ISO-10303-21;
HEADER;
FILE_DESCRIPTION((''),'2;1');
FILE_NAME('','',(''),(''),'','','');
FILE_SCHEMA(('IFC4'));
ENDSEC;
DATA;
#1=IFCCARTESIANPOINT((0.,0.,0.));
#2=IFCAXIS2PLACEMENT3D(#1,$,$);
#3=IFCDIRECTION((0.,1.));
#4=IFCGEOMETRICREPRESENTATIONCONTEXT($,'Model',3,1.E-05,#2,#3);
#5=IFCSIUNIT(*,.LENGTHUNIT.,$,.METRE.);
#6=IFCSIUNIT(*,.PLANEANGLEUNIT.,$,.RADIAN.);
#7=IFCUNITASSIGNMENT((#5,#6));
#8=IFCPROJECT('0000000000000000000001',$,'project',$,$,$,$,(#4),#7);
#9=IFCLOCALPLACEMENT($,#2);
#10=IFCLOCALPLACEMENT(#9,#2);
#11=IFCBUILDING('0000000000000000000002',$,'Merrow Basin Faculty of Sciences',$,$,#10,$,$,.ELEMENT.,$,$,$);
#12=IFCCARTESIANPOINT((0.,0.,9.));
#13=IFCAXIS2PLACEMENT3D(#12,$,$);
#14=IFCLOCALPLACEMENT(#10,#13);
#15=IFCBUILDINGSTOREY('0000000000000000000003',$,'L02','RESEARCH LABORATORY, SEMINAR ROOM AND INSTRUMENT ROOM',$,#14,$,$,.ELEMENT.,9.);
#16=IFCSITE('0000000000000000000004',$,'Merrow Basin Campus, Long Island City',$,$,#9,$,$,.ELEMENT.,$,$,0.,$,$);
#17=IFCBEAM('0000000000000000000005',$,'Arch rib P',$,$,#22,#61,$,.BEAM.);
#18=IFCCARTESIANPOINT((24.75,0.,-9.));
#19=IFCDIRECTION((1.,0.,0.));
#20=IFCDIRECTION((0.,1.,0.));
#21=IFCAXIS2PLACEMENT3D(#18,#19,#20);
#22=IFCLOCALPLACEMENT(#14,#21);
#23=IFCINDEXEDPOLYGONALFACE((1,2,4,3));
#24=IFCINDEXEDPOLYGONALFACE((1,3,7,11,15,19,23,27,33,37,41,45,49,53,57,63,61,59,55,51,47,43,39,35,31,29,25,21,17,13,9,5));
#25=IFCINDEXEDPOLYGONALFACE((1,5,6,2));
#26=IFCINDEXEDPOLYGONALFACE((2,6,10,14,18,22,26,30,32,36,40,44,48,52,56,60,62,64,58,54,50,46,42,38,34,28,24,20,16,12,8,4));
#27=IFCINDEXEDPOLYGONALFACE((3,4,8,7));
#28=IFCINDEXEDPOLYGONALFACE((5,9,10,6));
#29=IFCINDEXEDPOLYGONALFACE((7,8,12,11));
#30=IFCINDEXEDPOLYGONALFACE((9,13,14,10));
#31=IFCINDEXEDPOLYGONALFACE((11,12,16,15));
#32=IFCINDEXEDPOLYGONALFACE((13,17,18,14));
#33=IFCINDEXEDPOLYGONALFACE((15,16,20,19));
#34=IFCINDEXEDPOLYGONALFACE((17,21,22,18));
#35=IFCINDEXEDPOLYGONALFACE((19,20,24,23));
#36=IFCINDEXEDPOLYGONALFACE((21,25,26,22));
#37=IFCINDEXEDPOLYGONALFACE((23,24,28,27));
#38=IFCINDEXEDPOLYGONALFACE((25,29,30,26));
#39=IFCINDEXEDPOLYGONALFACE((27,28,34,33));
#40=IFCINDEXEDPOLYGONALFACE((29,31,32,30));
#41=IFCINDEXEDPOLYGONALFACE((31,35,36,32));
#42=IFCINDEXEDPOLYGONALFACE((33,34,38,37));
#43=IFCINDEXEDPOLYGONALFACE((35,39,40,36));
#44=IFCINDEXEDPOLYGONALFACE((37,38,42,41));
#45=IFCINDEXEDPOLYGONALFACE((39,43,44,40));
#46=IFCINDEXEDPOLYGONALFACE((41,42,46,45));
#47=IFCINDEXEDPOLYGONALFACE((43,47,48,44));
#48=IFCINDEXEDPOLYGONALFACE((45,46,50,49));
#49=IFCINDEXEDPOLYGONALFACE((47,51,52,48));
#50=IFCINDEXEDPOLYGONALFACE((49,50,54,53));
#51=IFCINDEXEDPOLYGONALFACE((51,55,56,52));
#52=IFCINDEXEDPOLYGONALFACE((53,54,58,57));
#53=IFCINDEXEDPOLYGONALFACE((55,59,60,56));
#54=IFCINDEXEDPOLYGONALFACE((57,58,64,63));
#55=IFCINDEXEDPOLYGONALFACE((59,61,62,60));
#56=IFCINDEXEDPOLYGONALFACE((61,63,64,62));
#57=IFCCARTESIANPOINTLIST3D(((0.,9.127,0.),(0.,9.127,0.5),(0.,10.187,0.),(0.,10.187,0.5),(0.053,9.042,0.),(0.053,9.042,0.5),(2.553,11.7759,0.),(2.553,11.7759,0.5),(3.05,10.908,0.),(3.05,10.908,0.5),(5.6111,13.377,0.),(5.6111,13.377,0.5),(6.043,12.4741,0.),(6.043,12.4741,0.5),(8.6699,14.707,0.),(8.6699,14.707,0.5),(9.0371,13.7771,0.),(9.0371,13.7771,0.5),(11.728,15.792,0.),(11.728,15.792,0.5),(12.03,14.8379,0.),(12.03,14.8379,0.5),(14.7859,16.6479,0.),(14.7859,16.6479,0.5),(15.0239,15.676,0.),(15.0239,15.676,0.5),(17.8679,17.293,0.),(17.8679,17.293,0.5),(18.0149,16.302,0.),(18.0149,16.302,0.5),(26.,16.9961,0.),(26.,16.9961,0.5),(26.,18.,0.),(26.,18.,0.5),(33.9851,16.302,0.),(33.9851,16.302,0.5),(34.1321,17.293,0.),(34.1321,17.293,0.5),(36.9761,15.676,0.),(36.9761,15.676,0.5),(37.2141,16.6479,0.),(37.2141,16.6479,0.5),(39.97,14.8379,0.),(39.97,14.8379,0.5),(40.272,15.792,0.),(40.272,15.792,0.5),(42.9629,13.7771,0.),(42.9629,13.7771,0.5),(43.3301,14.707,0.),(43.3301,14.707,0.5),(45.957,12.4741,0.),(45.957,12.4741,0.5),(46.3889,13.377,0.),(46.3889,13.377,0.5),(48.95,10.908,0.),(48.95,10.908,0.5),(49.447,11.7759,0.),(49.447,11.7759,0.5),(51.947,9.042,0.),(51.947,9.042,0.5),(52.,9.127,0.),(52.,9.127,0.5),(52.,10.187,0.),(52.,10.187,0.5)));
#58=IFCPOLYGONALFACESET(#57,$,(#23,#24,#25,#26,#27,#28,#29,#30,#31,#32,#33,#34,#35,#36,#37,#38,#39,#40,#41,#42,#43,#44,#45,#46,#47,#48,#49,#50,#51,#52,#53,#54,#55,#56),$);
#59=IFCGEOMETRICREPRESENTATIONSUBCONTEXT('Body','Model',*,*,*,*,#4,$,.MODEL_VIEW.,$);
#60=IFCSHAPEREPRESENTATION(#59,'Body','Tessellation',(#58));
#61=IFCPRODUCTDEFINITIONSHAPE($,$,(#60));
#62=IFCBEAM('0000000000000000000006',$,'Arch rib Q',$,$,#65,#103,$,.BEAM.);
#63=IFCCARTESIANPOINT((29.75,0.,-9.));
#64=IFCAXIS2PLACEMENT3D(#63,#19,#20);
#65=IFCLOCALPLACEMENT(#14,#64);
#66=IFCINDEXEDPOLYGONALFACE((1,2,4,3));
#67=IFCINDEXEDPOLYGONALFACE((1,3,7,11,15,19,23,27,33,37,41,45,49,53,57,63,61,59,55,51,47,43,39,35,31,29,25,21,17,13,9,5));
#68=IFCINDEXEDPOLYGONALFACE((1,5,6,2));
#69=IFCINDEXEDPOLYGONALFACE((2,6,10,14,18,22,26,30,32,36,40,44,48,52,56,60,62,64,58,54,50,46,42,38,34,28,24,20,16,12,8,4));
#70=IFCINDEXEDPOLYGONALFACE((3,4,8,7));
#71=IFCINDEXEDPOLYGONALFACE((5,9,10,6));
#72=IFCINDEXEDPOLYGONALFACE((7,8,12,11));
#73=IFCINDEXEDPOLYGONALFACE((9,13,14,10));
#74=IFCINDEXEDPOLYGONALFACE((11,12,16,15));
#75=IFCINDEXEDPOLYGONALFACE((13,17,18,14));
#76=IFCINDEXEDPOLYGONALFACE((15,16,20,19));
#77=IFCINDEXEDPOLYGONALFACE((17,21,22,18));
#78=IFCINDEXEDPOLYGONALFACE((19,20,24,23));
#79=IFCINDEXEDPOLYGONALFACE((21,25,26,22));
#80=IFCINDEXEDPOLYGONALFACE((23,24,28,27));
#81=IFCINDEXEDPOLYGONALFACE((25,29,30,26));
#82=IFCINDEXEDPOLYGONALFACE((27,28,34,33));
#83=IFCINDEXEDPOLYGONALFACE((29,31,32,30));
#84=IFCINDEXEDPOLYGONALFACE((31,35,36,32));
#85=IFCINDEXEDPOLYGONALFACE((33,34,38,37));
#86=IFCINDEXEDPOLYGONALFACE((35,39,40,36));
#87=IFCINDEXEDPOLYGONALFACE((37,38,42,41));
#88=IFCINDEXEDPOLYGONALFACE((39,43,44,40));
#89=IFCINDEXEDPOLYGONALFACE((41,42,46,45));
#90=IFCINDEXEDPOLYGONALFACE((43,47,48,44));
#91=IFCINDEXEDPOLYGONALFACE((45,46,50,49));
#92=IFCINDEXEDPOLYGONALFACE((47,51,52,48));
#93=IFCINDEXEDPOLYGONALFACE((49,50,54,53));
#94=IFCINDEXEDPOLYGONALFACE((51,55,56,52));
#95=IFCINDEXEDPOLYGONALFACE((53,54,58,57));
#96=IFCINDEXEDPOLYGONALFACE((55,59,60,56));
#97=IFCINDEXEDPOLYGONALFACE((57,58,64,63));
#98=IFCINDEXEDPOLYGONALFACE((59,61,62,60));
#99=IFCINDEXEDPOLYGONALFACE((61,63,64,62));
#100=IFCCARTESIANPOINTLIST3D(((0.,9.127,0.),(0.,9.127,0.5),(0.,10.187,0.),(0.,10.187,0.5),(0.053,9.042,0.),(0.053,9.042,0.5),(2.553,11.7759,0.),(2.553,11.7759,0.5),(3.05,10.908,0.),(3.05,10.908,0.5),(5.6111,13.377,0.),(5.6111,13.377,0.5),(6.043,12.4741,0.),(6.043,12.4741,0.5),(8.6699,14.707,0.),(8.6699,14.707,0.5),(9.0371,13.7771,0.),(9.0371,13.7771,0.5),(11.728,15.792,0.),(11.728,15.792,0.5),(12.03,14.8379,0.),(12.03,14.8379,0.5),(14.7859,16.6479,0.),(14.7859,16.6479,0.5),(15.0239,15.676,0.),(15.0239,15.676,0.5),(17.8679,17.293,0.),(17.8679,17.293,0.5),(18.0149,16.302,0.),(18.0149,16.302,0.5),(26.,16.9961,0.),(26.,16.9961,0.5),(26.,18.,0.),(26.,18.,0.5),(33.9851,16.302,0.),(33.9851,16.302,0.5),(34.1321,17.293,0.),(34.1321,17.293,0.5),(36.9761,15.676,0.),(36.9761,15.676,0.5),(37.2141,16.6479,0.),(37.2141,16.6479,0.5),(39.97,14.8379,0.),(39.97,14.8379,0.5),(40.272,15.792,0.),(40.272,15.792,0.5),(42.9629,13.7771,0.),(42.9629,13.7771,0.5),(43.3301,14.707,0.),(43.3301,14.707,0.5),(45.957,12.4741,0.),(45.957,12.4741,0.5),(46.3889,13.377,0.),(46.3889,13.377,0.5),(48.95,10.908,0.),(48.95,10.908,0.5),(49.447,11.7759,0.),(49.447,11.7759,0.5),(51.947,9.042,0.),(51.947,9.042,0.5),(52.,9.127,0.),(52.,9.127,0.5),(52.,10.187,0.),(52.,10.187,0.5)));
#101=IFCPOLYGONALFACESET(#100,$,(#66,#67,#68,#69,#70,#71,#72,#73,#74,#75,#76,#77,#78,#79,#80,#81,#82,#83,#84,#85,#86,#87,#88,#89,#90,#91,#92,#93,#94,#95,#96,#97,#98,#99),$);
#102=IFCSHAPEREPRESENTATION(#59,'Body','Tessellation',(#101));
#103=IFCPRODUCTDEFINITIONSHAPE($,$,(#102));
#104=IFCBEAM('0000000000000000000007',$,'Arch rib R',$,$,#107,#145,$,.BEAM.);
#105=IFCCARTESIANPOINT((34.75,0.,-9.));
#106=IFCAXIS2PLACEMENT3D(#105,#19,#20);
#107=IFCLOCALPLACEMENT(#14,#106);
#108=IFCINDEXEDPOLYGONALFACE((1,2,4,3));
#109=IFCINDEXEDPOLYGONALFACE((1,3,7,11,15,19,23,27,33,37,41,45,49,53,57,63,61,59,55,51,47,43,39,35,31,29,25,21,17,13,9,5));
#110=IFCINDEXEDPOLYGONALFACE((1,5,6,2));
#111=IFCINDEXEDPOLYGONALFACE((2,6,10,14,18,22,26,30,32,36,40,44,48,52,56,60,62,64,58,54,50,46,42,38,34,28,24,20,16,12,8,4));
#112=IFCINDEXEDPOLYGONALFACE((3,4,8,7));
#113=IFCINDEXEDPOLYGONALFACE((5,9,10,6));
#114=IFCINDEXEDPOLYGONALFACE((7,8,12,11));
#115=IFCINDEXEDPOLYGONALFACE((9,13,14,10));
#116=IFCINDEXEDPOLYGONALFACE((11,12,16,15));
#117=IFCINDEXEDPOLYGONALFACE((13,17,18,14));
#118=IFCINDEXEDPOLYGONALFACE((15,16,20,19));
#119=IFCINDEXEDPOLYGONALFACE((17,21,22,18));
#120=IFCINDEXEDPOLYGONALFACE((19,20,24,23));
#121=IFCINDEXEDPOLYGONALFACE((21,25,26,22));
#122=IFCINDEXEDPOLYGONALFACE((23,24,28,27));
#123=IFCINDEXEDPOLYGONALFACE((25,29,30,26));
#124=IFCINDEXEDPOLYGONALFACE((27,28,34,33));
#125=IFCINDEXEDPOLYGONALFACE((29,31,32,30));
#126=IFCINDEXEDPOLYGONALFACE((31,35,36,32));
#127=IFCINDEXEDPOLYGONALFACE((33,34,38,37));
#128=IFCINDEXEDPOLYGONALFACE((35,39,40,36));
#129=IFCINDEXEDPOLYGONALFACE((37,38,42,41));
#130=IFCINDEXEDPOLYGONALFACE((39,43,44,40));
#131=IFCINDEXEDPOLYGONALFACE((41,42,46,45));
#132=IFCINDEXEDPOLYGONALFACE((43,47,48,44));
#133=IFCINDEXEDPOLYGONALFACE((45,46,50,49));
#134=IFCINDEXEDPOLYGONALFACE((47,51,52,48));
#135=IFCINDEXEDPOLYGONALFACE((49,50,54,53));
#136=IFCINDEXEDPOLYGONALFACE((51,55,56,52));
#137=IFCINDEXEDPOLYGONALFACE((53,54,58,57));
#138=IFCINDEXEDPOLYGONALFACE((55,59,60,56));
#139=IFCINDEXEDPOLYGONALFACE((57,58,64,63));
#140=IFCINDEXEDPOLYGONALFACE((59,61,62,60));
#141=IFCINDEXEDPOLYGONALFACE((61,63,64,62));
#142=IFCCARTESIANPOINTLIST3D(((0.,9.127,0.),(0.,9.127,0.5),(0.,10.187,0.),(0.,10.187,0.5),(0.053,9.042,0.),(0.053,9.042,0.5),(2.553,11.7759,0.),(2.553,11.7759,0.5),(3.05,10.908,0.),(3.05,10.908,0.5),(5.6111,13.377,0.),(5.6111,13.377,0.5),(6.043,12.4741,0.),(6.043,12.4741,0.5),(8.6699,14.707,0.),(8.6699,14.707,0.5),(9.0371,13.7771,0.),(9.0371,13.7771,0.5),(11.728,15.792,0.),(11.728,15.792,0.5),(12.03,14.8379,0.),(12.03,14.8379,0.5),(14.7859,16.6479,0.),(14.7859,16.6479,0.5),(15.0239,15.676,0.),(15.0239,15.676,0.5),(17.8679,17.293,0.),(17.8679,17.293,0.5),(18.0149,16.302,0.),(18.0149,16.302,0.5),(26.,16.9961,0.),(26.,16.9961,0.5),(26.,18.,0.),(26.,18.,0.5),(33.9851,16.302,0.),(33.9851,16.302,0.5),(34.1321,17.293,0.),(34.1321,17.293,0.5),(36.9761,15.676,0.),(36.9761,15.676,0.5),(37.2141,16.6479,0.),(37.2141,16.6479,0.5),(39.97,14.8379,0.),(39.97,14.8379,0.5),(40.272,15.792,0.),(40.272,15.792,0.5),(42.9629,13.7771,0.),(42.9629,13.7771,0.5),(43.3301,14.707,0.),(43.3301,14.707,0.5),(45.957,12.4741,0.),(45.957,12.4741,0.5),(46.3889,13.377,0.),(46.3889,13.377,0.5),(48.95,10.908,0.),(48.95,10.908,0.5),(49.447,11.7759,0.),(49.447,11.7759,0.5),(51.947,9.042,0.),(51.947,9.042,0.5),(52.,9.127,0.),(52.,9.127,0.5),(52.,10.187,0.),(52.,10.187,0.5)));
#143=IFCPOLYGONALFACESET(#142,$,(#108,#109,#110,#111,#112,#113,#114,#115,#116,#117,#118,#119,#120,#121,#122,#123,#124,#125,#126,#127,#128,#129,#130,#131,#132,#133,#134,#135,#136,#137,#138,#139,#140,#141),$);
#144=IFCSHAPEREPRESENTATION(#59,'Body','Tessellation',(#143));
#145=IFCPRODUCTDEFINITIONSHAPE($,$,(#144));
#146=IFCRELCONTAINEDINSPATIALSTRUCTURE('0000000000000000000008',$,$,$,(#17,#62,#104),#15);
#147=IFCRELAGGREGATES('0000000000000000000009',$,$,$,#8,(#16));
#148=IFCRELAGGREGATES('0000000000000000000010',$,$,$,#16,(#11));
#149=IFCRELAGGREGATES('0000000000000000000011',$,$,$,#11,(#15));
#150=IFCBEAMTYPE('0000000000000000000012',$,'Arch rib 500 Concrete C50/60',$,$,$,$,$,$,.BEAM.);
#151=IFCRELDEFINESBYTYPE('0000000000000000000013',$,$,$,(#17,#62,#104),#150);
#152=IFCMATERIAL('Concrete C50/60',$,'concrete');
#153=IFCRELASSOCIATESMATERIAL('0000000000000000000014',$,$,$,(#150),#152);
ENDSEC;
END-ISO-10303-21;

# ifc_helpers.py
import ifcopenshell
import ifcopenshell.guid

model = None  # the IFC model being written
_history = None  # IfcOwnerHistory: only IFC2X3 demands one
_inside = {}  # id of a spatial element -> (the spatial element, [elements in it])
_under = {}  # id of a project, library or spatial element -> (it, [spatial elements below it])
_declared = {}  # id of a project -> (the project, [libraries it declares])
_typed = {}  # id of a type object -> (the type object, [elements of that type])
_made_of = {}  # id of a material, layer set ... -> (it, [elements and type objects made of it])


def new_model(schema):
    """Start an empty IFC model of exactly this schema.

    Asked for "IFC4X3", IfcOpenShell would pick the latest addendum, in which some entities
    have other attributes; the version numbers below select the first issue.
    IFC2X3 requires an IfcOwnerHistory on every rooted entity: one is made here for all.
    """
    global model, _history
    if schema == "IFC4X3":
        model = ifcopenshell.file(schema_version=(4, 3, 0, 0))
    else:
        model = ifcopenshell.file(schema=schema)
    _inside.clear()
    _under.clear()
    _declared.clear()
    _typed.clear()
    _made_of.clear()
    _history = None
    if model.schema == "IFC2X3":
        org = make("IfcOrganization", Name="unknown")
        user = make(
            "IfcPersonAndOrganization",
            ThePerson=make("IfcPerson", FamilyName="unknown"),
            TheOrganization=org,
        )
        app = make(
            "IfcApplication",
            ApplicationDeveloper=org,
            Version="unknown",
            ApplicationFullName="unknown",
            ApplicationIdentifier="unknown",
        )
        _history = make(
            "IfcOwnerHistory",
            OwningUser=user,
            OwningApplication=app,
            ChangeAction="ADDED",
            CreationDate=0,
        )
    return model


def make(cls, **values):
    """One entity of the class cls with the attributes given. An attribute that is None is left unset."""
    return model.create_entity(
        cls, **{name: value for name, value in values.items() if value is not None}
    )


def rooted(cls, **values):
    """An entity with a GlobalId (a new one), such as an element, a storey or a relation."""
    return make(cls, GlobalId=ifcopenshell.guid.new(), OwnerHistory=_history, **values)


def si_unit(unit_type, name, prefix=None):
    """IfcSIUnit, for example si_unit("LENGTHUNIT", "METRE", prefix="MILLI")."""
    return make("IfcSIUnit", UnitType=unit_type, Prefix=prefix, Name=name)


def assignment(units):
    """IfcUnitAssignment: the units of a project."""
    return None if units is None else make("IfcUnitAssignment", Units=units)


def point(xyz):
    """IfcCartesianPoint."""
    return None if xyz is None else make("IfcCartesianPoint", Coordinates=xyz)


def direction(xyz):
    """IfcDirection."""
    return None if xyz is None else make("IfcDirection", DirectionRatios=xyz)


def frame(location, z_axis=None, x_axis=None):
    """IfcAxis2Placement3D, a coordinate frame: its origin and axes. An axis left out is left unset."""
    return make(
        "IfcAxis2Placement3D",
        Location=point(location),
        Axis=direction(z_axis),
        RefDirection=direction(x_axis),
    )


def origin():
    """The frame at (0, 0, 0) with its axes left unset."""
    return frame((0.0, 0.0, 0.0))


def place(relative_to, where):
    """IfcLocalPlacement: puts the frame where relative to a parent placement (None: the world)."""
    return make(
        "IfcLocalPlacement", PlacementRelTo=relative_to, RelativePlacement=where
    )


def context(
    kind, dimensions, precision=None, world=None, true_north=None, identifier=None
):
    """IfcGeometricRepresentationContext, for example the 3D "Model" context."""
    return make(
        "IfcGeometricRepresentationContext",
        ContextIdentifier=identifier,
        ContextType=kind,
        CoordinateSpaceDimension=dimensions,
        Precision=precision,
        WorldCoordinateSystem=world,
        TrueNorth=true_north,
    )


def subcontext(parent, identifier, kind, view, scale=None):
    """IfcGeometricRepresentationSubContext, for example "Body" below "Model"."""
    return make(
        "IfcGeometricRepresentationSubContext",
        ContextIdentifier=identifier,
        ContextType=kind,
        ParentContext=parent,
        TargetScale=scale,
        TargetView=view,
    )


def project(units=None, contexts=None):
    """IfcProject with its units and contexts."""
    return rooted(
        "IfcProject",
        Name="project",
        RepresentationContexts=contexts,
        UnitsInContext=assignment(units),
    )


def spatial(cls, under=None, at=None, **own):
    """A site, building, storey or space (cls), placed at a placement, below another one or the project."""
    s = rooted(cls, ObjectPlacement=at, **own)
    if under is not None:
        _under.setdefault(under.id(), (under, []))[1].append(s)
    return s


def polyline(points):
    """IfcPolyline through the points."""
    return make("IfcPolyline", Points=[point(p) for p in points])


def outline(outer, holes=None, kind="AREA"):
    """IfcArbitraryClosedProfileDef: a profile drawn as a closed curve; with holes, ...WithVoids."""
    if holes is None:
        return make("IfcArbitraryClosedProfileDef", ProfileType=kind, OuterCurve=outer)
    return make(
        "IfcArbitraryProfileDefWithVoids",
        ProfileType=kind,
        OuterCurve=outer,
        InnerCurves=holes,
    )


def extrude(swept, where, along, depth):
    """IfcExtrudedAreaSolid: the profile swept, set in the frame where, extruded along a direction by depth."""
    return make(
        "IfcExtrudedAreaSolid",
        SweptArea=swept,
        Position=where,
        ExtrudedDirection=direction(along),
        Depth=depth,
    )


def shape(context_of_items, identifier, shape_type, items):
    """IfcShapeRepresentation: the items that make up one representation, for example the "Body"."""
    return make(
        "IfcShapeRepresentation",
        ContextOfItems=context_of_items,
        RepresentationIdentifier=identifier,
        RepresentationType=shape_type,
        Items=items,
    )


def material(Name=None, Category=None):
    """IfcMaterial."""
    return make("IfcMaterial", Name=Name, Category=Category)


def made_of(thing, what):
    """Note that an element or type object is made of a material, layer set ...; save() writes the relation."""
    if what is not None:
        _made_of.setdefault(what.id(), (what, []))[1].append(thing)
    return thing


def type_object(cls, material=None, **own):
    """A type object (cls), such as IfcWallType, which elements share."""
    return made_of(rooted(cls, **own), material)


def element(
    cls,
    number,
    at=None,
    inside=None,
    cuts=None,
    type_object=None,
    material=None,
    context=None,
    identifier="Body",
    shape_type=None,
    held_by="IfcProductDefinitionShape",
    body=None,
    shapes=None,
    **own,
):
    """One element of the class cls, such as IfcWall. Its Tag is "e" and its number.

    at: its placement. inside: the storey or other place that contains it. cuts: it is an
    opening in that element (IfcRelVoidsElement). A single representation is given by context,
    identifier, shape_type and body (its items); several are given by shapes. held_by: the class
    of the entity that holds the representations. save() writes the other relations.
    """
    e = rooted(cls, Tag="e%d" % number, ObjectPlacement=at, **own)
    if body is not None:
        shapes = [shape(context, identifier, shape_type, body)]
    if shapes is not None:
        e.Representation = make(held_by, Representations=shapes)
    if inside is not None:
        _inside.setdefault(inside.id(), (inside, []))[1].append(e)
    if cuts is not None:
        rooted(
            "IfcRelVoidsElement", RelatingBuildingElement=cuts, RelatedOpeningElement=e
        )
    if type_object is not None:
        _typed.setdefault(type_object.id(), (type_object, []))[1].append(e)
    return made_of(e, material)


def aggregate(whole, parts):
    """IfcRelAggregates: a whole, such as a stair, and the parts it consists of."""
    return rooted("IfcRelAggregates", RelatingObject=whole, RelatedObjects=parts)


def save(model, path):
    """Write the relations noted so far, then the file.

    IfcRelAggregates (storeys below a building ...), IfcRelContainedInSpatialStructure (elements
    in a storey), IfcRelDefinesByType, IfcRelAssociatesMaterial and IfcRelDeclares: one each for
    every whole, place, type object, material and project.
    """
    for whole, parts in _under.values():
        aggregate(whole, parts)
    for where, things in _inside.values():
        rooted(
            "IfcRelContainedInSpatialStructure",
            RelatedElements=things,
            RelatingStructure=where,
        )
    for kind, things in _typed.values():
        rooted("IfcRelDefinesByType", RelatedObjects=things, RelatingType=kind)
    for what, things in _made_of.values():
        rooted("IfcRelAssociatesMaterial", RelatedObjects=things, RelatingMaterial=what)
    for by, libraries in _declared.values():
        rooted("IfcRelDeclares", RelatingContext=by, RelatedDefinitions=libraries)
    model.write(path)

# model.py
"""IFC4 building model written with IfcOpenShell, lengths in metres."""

from ifc_helpers import new_model, si_unit, direction, frame, origin, place, context, subcontext, project, spatial, polyline, outline, extrude, material, type_object, element, save


model = new_model("IFC4")

# Units and contexts
model_context = context("Model", 3, precision=1e-05, world=origin(), true_north=direction((0.0, 1.0)))
body_context = subcontext(model_context, "Body", "Model", "MODEL_VIEW")
ifc_project = project(units=[si_unit("LENGTHUNIT", "METRE"), si_unit("PLANEANGLEUNIT", "RADIAN")], contexts=[model_context])

# Site, building, storey
site_placement = place(None, origin())
site = spatial("IfcSite", under=ifc_project, at=site_placement, Name="Merrow Basin Campus, Long Island City", CompositionType="ELEMENT", RefElevation=0.0)
building_placement = place(site_placement, origin())
building = spatial("IfcBuilding", under=site, at=building_placement, Name="Merrow Basin Faculty of Sciences", CompositionType="ELEMENT")
storey_placement = place(building_placement, frame((0.0, 0.0, 9.0)))
storey = spatial("IfcBuildingStorey", under=building, at=storey_placement, Name="L02", Description="RESEARCH LABORATORY, SEMINAR ROOM AND INSTRUMENT ROOM", CompositionType="ELEMENT", Elevation=9.0)

# Beams
ifc_material_1 = material(Name="Concrete C50/60", Category="concrete")
beam_type = type_object("IfcBeamType", Name="Arch rib 500 Concrete C50/60", PredefinedType="BEAM", material=ifc_material_1)
for number, where, z_axis, x_axis, name in (
    (1, (24.75, 0.0, -9.0), (1.0, 0.0, 0.0), (0.0, 1.0, 0.0), "Arch rib P"),
    (2, (29.75, 0.0, -9.0), (1.0, 0.0, 0.0), (0.0, 1.0, 0.0), "Arch rib Q"),
    (3, (34.75, 0.0, -9.0), (1.0, 0.0, 0.0), (0.0, 1.0, 0.0), "Arch rib R"),
):
    element("IfcBeam", number, at=place(storey_placement, frame(where, z_axis=z_axis, x_axis=x_axis)), inside=storey, type_object=beam_type, Name=name, PredefinedType="BEAM", context=body_context, shape_type="SweptSolid", body=[
        extrude(outline(polyline([(2.553, 11.7759), (5.6111, 13.377), (8.6699, 14.707), (11.728, 15.792), (14.7859, 16.6479), (17.8679, 17.293), (26.0, 18.0), (34.1321, 17.293), (37.2141, 16.6479), (40.272, 15.792), (43.3301, 14.707), (46.3889, 13.377), (49.447, 11.7759), (52.0, 10.187), (52.0, 9.127), (51.947, 9.042), (48.95, 10.908), (45.957, 12.4741), (42.9629, 13.7771), (39.97, 14.8379), (36.9761, 15.676), (33.9851, 16.302), (26.0, 16.9961), (18.0149, 16.302), (15.0239, 15.676), (12.03, 14.8379), (9.0371, 13.7771), (6.043, 12.4741), (3.05, 10.908), (0.053, 9.042), (0.0, 9.127), (0.0, 10.187), (2.553, 11.7759)])), origin(), (0.0, 0.0, 1.0), 0.5),
    ])

save(model, "model.ifc")
